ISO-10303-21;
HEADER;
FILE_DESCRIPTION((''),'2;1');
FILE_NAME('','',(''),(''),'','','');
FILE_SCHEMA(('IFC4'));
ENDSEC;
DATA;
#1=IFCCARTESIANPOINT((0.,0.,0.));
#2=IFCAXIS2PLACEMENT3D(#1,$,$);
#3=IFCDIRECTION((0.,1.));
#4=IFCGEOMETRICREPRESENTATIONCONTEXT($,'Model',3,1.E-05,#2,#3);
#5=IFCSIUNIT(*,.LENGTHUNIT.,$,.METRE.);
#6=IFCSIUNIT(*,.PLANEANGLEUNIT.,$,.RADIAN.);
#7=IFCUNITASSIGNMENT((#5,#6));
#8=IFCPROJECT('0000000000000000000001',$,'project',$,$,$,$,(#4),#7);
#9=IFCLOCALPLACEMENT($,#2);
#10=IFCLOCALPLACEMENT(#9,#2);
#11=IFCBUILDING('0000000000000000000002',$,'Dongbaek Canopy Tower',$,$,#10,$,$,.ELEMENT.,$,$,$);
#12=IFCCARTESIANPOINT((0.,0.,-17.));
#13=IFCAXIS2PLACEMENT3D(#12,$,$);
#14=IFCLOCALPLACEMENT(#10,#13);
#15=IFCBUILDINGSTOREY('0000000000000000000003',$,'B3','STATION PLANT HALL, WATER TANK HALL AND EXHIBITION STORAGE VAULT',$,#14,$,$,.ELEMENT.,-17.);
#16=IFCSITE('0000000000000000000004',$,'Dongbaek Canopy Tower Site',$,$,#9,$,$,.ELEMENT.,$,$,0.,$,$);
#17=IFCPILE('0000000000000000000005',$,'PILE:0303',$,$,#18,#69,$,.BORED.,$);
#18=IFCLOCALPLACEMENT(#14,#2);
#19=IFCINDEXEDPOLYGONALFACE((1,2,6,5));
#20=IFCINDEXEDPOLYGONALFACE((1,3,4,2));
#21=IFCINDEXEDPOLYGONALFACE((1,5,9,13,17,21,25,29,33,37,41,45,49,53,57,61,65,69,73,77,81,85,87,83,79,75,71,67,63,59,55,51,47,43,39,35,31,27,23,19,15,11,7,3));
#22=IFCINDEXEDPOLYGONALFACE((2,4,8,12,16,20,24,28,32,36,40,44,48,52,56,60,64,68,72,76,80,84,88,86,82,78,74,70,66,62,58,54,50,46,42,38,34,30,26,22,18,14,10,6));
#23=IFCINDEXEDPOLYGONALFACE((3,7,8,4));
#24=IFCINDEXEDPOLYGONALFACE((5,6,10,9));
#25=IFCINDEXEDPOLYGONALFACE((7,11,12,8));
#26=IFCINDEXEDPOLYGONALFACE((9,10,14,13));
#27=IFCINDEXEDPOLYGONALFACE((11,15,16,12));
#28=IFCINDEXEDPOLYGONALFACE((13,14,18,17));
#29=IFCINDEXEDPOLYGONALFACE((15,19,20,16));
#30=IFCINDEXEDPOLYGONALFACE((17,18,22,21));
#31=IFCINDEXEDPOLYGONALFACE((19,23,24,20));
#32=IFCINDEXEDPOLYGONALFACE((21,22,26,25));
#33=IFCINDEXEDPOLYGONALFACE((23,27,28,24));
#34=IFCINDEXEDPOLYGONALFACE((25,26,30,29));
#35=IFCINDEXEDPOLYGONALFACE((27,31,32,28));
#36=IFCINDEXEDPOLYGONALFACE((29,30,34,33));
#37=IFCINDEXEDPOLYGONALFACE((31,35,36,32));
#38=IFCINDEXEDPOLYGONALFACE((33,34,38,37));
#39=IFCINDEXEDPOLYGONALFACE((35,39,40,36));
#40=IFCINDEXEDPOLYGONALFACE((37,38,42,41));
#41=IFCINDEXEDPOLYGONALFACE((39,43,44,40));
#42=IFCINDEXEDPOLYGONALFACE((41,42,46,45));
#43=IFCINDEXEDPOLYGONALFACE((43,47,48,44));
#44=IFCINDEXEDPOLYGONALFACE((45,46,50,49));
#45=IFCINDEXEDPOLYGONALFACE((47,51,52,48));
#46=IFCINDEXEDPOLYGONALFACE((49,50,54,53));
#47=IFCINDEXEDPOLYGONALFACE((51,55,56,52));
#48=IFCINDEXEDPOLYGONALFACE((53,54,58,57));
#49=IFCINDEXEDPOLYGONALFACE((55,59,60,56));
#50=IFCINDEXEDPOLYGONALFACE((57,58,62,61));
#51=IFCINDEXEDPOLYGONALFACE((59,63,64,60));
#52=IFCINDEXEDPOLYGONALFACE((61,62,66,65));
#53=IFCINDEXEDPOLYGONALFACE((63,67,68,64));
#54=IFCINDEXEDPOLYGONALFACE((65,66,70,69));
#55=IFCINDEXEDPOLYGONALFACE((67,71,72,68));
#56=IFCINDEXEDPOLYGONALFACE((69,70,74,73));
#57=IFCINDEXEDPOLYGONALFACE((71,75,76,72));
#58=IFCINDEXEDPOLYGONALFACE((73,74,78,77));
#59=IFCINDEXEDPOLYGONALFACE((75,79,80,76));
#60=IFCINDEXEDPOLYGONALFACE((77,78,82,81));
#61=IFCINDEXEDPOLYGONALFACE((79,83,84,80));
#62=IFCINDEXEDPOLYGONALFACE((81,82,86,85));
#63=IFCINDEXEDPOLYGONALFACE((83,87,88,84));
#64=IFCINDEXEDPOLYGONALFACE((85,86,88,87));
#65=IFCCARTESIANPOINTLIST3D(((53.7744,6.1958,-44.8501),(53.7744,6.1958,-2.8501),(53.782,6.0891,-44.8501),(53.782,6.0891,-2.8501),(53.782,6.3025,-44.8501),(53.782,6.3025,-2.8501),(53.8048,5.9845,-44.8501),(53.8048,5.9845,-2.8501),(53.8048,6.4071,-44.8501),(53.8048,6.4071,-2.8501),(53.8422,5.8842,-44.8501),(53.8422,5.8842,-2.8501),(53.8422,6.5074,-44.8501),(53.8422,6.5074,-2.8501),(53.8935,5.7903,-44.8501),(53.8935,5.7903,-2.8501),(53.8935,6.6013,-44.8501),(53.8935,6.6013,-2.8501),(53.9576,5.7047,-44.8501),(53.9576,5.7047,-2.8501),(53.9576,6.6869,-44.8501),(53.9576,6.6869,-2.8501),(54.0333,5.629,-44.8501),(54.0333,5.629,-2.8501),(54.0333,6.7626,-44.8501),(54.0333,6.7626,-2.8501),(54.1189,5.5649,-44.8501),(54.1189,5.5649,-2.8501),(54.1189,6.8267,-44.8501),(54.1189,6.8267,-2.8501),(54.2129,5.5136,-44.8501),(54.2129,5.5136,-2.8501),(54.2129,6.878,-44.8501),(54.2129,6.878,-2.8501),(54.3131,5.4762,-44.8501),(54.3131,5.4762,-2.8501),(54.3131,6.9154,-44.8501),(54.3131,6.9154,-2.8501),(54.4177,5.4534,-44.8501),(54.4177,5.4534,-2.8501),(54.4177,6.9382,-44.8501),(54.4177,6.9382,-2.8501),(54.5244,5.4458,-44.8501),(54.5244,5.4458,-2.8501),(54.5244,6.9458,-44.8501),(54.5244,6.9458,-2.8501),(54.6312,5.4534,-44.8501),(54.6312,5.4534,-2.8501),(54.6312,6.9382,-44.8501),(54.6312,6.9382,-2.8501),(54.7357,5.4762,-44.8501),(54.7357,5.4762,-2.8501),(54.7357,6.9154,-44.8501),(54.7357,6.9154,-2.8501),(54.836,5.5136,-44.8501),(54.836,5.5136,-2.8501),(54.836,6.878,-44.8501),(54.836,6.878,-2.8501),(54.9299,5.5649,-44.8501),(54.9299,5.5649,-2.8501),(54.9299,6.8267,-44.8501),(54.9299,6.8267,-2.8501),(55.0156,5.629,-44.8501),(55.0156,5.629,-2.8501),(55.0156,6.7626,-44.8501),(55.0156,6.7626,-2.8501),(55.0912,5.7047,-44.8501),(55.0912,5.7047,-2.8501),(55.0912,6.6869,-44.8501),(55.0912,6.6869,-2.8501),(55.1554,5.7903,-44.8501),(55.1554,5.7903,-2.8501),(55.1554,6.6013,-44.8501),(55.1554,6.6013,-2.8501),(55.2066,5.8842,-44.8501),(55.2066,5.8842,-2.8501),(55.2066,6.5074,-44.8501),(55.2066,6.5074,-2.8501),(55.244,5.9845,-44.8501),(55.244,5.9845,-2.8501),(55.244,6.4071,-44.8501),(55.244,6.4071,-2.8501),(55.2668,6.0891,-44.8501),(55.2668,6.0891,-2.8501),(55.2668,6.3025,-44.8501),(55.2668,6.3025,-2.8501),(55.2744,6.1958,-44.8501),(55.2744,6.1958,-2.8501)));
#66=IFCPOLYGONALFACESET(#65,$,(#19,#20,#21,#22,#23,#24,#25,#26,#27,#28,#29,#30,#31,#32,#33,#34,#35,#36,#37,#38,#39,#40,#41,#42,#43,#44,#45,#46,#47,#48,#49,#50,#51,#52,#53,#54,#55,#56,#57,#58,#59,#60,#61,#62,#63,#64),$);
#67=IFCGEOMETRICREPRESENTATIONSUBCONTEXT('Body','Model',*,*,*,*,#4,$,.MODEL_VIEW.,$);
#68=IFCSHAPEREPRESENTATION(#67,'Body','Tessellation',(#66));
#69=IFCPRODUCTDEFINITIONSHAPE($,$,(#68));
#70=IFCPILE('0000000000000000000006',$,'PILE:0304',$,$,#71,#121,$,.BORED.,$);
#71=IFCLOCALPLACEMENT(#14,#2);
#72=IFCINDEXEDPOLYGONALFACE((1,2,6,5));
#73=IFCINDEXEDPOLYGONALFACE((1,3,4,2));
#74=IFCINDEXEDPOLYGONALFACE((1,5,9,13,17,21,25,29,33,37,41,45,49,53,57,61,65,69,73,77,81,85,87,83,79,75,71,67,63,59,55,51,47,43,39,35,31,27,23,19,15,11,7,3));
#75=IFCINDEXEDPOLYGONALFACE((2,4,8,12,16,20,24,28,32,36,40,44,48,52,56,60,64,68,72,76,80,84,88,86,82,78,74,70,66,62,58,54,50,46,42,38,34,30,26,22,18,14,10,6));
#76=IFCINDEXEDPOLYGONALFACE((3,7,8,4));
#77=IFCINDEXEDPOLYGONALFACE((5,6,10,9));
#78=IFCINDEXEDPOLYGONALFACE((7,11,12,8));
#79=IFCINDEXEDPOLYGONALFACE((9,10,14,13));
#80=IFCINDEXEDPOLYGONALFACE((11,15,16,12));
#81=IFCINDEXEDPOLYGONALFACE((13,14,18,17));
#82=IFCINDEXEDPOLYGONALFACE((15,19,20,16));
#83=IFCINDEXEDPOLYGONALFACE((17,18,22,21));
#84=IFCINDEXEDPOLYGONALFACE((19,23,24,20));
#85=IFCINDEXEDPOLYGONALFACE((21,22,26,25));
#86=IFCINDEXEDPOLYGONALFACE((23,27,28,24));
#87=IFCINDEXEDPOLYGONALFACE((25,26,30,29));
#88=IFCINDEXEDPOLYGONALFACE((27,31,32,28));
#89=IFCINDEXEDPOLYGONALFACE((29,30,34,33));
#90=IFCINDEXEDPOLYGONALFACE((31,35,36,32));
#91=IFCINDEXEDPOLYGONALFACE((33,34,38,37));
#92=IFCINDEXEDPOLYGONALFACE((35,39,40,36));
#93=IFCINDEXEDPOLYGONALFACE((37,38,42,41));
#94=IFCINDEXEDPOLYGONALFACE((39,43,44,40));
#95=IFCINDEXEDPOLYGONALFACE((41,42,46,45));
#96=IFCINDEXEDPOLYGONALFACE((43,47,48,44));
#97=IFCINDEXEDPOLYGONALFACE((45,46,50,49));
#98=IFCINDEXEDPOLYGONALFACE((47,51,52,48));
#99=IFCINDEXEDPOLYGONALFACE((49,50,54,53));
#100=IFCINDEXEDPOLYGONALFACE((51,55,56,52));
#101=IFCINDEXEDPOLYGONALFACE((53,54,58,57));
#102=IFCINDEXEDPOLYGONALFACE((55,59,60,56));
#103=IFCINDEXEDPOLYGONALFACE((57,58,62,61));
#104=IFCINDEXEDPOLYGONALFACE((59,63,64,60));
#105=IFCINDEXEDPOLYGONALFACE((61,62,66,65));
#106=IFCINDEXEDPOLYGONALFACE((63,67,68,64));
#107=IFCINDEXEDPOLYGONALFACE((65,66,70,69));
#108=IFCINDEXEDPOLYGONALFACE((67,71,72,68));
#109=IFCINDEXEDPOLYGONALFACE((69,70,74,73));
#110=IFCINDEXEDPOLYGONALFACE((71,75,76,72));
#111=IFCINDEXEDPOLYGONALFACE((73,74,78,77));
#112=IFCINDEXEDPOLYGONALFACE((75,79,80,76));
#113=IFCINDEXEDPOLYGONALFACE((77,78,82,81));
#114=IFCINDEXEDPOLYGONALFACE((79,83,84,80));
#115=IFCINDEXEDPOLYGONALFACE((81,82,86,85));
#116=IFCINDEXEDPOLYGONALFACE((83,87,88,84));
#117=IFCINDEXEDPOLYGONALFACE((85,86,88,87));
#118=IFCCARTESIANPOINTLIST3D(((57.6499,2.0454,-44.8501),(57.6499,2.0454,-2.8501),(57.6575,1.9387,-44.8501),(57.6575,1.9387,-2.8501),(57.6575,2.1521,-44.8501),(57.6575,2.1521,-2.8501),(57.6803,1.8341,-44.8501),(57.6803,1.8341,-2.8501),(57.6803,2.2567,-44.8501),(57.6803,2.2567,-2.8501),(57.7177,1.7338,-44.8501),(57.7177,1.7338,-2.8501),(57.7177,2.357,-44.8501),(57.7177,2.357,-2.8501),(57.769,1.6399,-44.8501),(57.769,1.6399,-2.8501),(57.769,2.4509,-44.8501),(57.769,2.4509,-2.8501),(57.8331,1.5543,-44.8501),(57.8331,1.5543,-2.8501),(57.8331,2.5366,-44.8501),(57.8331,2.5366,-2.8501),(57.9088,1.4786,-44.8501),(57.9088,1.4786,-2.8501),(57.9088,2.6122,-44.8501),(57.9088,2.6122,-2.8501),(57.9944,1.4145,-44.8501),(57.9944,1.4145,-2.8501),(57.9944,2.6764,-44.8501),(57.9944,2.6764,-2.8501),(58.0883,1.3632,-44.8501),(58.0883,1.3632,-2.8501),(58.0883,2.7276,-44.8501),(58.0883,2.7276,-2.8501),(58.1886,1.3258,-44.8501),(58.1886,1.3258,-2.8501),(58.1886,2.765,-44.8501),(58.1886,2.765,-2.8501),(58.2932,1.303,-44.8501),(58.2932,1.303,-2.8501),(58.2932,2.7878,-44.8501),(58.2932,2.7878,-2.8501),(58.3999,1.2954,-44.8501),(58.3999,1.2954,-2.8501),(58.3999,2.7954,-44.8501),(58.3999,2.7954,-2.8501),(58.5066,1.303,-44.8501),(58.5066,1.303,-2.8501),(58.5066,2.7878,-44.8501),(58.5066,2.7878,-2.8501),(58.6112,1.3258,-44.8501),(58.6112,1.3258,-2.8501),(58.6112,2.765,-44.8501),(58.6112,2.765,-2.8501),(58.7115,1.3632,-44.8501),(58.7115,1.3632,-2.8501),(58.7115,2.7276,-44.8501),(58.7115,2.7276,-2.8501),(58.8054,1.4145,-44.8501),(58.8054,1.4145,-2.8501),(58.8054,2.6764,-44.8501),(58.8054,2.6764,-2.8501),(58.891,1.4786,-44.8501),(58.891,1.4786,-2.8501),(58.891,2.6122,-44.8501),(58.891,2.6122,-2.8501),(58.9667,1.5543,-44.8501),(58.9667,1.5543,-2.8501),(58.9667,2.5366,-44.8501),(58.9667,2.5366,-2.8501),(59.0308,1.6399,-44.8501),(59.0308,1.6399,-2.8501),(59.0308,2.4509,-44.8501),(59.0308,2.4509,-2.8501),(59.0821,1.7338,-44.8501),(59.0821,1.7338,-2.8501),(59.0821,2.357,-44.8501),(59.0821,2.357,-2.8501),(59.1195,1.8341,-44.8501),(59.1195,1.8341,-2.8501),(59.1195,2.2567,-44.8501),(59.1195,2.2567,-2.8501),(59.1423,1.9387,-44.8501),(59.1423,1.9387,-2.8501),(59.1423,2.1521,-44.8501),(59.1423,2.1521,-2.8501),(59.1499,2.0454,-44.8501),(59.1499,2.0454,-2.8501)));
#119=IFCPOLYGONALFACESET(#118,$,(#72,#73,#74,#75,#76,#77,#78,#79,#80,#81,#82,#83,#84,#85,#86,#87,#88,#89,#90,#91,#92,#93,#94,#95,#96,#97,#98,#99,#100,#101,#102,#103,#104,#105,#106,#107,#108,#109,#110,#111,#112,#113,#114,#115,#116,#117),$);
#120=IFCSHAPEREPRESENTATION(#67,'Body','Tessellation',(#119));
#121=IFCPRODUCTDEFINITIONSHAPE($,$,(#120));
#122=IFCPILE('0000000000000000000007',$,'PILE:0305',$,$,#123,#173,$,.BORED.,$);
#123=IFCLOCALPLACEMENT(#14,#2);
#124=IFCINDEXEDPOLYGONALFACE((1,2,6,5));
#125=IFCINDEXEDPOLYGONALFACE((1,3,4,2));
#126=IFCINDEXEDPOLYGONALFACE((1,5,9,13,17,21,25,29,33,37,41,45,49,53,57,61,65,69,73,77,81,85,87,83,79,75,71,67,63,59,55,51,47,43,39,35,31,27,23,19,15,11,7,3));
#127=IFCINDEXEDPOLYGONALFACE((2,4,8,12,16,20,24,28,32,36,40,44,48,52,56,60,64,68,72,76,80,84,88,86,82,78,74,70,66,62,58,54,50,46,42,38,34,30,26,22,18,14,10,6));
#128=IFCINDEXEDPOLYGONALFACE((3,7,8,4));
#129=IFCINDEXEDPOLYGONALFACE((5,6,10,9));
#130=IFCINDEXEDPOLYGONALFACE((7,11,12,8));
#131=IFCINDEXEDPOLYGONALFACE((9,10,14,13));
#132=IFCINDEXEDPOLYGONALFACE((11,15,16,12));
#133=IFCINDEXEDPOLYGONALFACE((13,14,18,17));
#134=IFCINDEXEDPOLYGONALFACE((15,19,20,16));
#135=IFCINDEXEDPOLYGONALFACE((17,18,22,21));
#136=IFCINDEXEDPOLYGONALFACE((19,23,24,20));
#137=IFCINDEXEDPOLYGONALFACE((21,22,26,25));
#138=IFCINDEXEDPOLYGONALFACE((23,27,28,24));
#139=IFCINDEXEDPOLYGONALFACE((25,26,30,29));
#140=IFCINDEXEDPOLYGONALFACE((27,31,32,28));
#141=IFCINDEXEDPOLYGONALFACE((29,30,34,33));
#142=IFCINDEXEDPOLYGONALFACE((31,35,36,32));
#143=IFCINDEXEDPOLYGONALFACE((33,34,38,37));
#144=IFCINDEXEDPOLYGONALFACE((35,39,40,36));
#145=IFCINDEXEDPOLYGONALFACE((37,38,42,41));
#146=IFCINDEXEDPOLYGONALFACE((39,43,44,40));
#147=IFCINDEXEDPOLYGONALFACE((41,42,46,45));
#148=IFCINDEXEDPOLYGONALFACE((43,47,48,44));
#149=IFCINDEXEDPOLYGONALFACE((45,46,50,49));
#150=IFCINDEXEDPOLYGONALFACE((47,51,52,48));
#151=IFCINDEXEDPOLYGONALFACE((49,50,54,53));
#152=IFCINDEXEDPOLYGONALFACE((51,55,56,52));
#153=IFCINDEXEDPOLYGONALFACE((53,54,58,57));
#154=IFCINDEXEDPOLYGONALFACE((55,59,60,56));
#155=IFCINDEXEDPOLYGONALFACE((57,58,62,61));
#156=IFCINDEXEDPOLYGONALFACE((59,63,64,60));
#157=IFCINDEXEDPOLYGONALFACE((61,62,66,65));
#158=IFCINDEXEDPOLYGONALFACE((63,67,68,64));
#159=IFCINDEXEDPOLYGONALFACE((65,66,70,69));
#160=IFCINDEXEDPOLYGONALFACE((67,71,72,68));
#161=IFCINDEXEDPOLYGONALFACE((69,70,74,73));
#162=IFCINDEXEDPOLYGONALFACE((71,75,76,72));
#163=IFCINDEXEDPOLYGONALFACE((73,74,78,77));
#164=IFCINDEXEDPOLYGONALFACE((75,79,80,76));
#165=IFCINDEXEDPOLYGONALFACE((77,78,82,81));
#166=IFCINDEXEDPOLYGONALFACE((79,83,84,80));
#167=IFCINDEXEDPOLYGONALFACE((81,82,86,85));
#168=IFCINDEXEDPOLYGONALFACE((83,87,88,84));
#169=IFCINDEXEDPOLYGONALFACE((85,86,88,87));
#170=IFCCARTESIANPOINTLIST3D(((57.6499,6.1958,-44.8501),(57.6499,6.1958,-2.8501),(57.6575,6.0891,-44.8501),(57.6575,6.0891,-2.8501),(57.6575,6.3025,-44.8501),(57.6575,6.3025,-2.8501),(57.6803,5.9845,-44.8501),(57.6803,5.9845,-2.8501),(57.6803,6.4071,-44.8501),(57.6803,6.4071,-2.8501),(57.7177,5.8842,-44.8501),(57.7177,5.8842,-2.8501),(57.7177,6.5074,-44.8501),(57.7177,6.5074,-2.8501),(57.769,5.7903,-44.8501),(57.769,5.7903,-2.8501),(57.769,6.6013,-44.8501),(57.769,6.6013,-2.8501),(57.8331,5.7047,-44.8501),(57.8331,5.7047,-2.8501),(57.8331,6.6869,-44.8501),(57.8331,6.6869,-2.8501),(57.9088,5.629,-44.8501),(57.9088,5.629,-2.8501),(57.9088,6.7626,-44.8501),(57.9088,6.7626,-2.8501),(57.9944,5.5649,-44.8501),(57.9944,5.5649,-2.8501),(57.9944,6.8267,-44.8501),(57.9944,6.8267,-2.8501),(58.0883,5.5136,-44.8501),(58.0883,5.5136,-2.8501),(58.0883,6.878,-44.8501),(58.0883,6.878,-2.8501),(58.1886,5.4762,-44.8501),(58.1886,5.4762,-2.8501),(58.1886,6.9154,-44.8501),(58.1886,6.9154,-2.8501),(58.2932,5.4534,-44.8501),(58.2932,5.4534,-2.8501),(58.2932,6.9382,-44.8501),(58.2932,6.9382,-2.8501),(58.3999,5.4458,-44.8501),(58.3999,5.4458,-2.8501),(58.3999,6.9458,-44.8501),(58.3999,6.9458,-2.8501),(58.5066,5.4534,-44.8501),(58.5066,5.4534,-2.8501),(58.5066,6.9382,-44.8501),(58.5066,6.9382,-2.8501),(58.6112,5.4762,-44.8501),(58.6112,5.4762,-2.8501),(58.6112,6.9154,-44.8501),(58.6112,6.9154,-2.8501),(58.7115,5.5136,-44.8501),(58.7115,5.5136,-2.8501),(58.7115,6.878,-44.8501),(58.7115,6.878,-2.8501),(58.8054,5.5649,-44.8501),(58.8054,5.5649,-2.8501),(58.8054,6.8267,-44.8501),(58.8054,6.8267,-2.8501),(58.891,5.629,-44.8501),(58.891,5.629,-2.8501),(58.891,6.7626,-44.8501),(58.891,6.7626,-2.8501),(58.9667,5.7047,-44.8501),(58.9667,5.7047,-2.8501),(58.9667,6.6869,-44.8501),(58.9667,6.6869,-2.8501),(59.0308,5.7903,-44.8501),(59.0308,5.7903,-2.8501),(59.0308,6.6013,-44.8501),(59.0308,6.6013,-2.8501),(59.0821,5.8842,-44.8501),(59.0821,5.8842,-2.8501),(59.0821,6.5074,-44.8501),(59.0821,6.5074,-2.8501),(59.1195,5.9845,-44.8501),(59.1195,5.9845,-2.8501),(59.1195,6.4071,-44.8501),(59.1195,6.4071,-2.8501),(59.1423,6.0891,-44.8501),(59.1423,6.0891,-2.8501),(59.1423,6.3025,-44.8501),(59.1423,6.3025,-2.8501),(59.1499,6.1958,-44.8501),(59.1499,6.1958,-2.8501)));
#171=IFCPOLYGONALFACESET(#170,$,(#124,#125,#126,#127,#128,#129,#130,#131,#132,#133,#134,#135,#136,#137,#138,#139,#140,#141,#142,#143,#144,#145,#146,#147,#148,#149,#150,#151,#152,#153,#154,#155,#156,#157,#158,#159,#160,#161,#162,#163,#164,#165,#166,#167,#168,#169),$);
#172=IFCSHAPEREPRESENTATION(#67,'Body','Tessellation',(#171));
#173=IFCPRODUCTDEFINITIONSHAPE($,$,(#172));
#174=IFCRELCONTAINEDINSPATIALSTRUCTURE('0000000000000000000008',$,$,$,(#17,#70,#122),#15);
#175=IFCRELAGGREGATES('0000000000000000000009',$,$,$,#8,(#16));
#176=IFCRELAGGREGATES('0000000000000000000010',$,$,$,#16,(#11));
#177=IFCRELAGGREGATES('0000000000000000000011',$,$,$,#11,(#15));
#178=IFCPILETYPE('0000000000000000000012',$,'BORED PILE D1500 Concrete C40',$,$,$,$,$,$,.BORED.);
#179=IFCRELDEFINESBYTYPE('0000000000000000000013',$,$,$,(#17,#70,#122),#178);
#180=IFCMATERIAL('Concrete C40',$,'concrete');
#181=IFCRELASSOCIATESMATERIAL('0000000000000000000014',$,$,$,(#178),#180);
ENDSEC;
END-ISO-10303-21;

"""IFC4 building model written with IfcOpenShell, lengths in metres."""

from ifc_helpers import new_model, si_unit, direction, frame, origin, origin_2d, place, context, subcontext, project, spatial, circle, extrude, material, material_profile, profile_set, type_object, element, save


model = new_model("IFC4")

# Units and contexts
model_context = context("Model", 3, precision=1e-05, world=origin(), true_north=direction((0.0, 1.0)))
body_context = subcontext(model_context, "Body", "Model", "MODEL_VIEW")
ifc_project = project(units=[si_unit("LENGTHUNIT", "METRE"), si_unit("PLANEANGLEUNIT", "RADIAN")], contexts=[model_context])

# Site, building, storey
site_placement = place(None, origin())
site = spatial("IfcSite", under=ifc_project, at=site_placement, Name="Dongbaek Canopy Tower Site", CompositionType="ELEMENT", RefElevation=0.0)
building_placement = place(site_placement, origin())
building = spatial("IfcBuilding", under=site, at=building_placement, Name="Dongbaek Canopy Tower", CompositionType="ELEMENT")
storey_placement = place(building_placement, frame((0.0, 0.0, -17.0)))
storey = spatial("IfcBuildingStorey", under=building, at=storey_placement, Name="B3", Description="STATION PLANT HALL, WATER TANK HALL AND EXHIBITION STORAGE VAULT", CompositionType="ELEMENT", Elevation=-17.0)

# Piles
ifc_material_1 = material(Name="Concrete C40", Category="concrete")
ifc_material_profile_1 = material_profile(ifc_material_1, circle(Radius=0.75, at=origin_2d()), Name="BORED PILE D1500 Concrete C40")
ifc_profile_set_1 = profile_set([ifc_material_profile_1], Name="Concrete C40")
pile_type = type_object("IfcPileType", Name="BORED PILE D1500 Concrete C40", PredefinedType="BORED", material=ifc_profile_set_1)
for number, where, z_axis, x_axis, name in (
    (1, (54.5244, 6.1958, -2.8501), (0.0, 0.0, -1.0), (1.0, 0.0, 0.0), "PILE:0303"),
    (2, (58.3999, 2.0454, -2.8501), (0.0, 0.0, -1.0), (1.0, 0.0, 0.0), "PILE:0304"),
    (3, (58.3999, 6.1958, -2.8501), (0.0, 0.0, -1.0), (1.0, 0.0, 0.0), "PILE:0305"),
):
    element("IfcPile", number, at=place(storey_placement, frame(where, z_axis=z_axis, x_axis=x_axis)), inside=storey, type_object=pile_type, Name=name, PredefinedType="BORED", context=body_context, shape_type="SweptSolid", body=[
        extrude(circle(Radius=0.75, at=origin_2d()), origin(), (0.0, 0.0, 1.0), 42.0),
    ])

save(model, "model.ifc")
